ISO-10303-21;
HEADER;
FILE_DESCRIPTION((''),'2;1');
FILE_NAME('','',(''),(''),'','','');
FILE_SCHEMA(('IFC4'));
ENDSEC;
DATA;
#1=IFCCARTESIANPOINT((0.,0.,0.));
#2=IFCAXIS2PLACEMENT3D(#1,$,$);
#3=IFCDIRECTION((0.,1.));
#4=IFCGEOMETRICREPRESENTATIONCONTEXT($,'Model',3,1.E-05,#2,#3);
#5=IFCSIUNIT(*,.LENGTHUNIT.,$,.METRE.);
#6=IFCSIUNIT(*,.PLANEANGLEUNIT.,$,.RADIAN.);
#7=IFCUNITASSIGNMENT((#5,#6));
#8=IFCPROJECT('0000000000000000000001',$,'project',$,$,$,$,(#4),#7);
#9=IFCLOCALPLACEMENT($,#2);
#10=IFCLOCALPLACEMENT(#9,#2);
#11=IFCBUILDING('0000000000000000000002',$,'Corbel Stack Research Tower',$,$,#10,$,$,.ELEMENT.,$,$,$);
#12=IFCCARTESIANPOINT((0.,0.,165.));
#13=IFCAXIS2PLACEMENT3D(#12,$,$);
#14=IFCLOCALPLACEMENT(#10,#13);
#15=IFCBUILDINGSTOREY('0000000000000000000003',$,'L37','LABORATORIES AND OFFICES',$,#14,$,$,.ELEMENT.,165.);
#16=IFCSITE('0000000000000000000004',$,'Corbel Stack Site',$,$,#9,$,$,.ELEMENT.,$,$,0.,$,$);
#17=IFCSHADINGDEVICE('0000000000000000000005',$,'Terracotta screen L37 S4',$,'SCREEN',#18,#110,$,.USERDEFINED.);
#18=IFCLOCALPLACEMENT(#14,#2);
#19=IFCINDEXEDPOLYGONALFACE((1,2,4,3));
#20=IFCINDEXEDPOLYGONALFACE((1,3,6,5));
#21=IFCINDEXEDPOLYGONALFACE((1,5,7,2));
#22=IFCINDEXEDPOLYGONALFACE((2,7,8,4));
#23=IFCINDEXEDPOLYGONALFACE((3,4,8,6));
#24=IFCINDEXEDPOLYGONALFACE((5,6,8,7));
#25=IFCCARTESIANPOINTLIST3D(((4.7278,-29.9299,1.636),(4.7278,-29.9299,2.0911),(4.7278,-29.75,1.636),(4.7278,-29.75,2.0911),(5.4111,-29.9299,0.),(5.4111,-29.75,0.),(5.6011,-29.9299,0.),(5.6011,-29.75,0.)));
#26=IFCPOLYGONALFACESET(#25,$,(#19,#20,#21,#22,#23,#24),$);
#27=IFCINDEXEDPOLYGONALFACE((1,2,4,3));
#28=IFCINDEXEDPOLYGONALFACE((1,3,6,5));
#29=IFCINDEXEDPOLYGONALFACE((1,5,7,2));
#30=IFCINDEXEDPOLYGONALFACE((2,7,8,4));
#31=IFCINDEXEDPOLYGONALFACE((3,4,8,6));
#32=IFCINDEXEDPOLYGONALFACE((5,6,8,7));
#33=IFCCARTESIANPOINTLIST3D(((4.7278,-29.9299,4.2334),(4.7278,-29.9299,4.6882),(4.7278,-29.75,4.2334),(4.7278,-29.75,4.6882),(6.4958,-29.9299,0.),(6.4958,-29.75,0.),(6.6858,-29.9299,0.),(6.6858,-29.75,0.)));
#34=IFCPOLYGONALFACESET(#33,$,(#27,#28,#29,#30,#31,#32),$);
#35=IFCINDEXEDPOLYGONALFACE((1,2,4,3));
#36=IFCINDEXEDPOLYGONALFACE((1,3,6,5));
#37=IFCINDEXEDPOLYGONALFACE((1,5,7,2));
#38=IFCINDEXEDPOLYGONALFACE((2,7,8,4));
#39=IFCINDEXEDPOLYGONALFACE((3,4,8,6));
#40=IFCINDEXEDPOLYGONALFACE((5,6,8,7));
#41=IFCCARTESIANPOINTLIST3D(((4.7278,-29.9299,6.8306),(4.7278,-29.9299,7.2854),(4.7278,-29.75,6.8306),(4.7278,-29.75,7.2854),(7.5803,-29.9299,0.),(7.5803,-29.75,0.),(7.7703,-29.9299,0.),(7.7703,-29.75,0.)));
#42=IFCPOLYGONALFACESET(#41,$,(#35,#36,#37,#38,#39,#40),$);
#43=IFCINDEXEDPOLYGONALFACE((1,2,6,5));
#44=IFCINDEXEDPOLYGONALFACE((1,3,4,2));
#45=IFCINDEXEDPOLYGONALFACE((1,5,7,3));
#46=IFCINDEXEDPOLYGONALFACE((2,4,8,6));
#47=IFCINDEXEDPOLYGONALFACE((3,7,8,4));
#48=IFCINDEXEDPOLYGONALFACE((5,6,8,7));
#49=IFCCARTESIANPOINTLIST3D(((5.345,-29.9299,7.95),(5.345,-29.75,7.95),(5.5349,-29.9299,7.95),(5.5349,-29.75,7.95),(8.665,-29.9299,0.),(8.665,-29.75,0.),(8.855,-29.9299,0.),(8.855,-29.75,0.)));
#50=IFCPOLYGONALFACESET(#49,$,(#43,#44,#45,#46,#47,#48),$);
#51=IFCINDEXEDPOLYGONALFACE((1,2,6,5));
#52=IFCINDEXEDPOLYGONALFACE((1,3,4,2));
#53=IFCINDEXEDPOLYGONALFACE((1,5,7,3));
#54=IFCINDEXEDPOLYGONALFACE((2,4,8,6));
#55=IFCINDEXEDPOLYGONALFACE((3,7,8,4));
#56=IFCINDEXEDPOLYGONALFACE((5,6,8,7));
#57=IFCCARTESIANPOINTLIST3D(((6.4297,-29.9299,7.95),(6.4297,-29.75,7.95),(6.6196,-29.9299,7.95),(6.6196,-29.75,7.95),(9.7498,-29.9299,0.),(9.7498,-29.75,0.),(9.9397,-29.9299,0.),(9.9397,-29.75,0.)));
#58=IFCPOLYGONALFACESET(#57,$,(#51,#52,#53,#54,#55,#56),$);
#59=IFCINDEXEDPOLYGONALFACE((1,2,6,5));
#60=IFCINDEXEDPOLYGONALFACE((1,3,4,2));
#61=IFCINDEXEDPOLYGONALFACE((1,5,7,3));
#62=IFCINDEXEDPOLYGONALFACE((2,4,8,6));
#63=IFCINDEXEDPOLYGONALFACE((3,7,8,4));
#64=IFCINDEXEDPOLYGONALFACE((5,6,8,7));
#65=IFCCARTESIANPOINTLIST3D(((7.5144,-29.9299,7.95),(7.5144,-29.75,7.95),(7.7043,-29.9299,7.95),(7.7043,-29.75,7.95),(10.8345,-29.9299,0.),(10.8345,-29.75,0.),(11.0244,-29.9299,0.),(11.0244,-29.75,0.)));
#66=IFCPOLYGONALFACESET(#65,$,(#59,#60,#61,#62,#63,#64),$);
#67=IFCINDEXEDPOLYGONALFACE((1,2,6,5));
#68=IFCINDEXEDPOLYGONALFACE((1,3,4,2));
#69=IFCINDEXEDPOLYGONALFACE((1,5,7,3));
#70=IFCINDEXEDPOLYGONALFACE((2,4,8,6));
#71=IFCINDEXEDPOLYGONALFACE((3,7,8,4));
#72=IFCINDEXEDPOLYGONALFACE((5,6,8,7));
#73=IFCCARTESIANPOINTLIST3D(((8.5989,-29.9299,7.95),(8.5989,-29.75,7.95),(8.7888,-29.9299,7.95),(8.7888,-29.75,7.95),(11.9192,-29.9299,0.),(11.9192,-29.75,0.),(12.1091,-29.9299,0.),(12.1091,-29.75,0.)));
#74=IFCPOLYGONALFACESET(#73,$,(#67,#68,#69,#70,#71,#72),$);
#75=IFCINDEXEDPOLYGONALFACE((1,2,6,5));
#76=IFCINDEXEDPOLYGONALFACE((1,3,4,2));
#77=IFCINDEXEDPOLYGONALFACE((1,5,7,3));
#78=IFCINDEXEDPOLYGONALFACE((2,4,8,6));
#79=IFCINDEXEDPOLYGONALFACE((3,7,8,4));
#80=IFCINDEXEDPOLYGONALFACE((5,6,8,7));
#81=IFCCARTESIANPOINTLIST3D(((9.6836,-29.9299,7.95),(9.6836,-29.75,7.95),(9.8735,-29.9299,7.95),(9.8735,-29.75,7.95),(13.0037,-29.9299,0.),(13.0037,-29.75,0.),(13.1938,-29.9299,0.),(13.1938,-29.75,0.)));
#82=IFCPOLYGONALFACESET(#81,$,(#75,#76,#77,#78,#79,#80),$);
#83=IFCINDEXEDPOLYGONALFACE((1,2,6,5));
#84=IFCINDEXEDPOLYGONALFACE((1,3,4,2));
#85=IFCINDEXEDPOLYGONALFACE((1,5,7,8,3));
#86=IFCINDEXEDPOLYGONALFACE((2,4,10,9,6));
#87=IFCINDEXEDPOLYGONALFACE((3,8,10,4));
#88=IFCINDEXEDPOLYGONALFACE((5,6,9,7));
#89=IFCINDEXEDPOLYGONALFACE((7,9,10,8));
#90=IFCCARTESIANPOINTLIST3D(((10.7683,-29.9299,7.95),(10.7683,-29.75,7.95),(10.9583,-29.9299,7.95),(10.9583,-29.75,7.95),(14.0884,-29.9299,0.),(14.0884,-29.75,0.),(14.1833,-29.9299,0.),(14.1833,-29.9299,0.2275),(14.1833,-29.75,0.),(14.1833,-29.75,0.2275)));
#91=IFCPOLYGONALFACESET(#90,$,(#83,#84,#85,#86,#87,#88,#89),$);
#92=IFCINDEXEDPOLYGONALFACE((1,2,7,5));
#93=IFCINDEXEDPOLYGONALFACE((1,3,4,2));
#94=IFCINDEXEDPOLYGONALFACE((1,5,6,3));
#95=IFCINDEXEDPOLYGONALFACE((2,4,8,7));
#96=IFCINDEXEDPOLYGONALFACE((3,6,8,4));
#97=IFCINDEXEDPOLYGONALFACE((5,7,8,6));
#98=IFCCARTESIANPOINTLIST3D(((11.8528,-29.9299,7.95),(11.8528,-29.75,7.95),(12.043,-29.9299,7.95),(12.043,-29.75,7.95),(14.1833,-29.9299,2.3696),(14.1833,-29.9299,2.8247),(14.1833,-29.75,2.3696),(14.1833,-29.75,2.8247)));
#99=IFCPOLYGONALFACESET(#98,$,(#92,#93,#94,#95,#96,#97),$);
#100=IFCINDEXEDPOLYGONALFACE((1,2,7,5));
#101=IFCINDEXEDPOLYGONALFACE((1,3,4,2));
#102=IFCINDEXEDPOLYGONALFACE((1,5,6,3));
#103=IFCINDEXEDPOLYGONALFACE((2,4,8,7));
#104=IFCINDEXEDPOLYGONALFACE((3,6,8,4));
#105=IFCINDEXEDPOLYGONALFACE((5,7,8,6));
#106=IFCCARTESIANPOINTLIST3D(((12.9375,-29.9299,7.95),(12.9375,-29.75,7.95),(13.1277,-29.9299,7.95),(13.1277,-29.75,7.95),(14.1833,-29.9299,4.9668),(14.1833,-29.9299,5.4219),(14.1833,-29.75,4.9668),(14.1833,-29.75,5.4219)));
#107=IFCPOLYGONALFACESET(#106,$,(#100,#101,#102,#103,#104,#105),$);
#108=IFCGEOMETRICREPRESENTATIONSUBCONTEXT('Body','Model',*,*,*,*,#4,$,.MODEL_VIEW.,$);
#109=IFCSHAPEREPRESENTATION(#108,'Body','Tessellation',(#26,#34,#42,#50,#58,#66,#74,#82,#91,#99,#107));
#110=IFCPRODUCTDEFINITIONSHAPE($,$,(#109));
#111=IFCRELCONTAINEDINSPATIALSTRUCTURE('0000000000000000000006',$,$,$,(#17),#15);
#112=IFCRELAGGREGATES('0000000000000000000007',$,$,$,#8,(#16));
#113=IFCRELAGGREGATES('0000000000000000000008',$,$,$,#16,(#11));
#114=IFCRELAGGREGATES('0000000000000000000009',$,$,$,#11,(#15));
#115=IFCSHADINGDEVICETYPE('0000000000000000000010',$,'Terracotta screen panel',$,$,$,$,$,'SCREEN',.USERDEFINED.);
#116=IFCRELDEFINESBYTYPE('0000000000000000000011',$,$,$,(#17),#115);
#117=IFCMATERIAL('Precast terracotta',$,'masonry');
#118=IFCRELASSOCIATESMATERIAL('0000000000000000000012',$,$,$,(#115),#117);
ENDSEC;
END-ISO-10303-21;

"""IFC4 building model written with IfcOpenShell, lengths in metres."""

from ifc_helpers import new_model, si_unit, direction, frame, origin, place, context, subcontext, project, spatial, polyline, outline, extrude, source, transform, mapped, material, type_object, element, save


model = new_model("IFC4")

# Units and contexts
model_context = context("Model", 3, precision=1e-05, world=origin(), true_north=direction((0.0, 1.0)))
body_context = subcontext(model_context, "Body", "Model", "MODEL_VIEW")
ifc_project = project(units=[si_unit("LENGTHUNIT", "METRE"), si_unit("PLANEANGLEUNIT", "RADIAN")], contexts=[model_context])

# Site, building, storey
site_placement = place(None, origin())
site = spatial("IfcSite", under=ifc_project, at=site_placement, Name="Corbel Stack Site", CompositionType="ELEMENT", RefElevation=0.0)
building_placement = place(site_placement, origin())
building = spatial("IfcBuilding", under=site, at=building_placement, Name="Corbel Stack Research Tower", CompositionType="ELEMENT")
storey_placement = place(building_placement, frame((0.0, 0.0, 165.0)))
storey = spatial("IfcBuildingStorey", under=building, at=storey_placement, Name="L37", Description="LABORATORIES AND OFFICES", CompositionType="ELEMENT", Elevation=165.0)

# Shading device
ifc_material_1 = material(Name="Precast terracotta", Category="masonry")
shading_device_type = type_object("IfcShadingDeviceType", Name="Terracotta screen panel", ElementType="SCREEN", PredefinedType="USERDEFINED", material=ifc_material_1)
shared_shape = source(origin(), body_context, "Body", "SweptSolid", [
    extrude(outline(polyline([(0.8733, 0.0), (0.0, 2.0911), (0.0, 1.636), (0.6833, 0.0), (0.8733, 0.0)])), frame((0.0, 0.0, 0.0), z_axis=(0.0, -1.0, 0.0), x_axis=(1.0, 0.0, 0.0)), (0.0, 0.0, 1.0), 0.1799),
    extrude(outline(polyline([(1.958, 0.0), (0.0, 4.6882), (0.0, 4.2334), (1.7681, 0.0), (1.958, 0.0)])), frame((0.0, 0.0, 0.0), z_axis=(0.0, -1.0, 0.0), x_axis=(1.0, 0.0, 0.0)), (0.0, 0.0, 1.0), 0.1799),
    extrude(outline(polyline([(3.0425, 0.0), (0.0, 7.2854), (0.0, 6.8306), (2.8525, 0.0), (3.0425, 0.0)])), frame((0.0, 0.0, 0.0), z_axis=(0.0, -1.0, 0.0), x_axis=(1.0, 0.0, 0.0)), (0.0, 0.0, 1.0), 0.1799),
    extrude(outline(polyline([(4.1272, 0.0), (0.8071, 7.95), (0.6172, 7.95), (3.9373, 0.0), (4.1272, 0.0)])), frame((0.0, 0.0, 0.0), z_axis=(0.0, -1.0, 0.0), x_axis=(1.0, 0.0, 0.0)), (0.0, 0.0, 1.0), 0.1799),
    extrude(outline(polyline([(5.2119, 0.0), (1.8918, 7.95), (1.7019, 7.95), (5.022, 0.0), (5.2119, 0.0)])), frame((0.0, 0.0, 0.0), z_axis=(0.0, -1.0, 0.0), x_axis=(1.0, 0.0, 0.0)), (0.0, 0.0, 1.0), 0.1799),
    extrude(outline(polyline([(6.2966, 0.0), (2.9766, 7.95), (2.7866, 7.95), (6.1067, 0.0), (6.2966, 0.0)])), frame((0.0, 0.0, 0.0), z_axis=(0.0, -1.0, 0.0), x_axis=(1.0, 0.0, 0.0)), (0.0, 0.0, 1.0), 0.1799),
    extrude(outline(polyline([(7.3813, 0.0), (4.061, 7.95), (3.8711, 7.95), (7.1914, 0.0), (7.3813, 0.0)])), frame((0.0, 0.0, 0.0), z_axis=(0.0, -1.0, 0.0), x_axis=(1.0, 0.0, 0.0)), (0.0, 0.0, 1.0), 0.1799),
    extrude(outline(polyline([(8.4661, 0.0), (5.1458, 7.95), (4.9558, 7.95), (8.2759, 0.0), (8.4661, 0.0)])), frame((0.0, 0.0, 0.0), z_axis=(0.0, -1.0, 0.0), x_axis=(1.0, 0.0, 0.0)), (0.0, 0.0, 1.0), 0.1799),
    extrude(outline(polyline([(9.4556, 0.0), (9.4556, 0.2275), (6.2305, 7.95), (6.0405, 7.95), (9.3606, 0.0), (9.4556, 0.0)])), frame((0.0, 0.0, 0.0), z_axis=(0.0, -1.0, 0.0), x_axis=(1.0, 0.0, 0.0)), (0.0, 0.0, 1.0), 0.1799),
    extrude(outline(polyline([(7.3152, 7.95), (7.125, 7.95), (9.4556, 2.3696), (9.4556, 2.8247), (7.3152, 7.95)])), frame((0.0, 0.0, 0.0), z_axis=(0.0, -1.0, 0.0), x_axis=(1.0, 0.0, 0.0)), (0.0, 0.0, 1.0), 0.1799),
    extrude(outline(polyline([(8.3999, 7.95), (8.2097, 7.95), (9.4556, 4.9668), (9.4556, 5.4219), (8.3999, 7.95)])), frame((0.0, 0.0, 0.0), z_axis=(0.0, -1.0, 0.0), x_axis=(1.0, 0.0, 0.0)), (0.0, 0.0, 1.0), 0.1799),
])
shading_device_placement = place(storey_placement, frame((4.7278, -29.75, 0.0), z_axis=(0.0, 0.0, 1.0), x_axis=(1.0, 0.0, 0.0)))
element("IfcShadingDevice", 1, at=shading_device_placement, inside=storey, type_object=shading_device_type, Name="Terracotta screen L37 S4", ObjectType="SCREEN", PredefinedType="USERDEFINED", context=body_context, shape_type="MappedRepresentation", body=[
    mapped(shared_shape, transform((0.0, 0.0, 0.0))),
])

save(model, "model.ifc")
